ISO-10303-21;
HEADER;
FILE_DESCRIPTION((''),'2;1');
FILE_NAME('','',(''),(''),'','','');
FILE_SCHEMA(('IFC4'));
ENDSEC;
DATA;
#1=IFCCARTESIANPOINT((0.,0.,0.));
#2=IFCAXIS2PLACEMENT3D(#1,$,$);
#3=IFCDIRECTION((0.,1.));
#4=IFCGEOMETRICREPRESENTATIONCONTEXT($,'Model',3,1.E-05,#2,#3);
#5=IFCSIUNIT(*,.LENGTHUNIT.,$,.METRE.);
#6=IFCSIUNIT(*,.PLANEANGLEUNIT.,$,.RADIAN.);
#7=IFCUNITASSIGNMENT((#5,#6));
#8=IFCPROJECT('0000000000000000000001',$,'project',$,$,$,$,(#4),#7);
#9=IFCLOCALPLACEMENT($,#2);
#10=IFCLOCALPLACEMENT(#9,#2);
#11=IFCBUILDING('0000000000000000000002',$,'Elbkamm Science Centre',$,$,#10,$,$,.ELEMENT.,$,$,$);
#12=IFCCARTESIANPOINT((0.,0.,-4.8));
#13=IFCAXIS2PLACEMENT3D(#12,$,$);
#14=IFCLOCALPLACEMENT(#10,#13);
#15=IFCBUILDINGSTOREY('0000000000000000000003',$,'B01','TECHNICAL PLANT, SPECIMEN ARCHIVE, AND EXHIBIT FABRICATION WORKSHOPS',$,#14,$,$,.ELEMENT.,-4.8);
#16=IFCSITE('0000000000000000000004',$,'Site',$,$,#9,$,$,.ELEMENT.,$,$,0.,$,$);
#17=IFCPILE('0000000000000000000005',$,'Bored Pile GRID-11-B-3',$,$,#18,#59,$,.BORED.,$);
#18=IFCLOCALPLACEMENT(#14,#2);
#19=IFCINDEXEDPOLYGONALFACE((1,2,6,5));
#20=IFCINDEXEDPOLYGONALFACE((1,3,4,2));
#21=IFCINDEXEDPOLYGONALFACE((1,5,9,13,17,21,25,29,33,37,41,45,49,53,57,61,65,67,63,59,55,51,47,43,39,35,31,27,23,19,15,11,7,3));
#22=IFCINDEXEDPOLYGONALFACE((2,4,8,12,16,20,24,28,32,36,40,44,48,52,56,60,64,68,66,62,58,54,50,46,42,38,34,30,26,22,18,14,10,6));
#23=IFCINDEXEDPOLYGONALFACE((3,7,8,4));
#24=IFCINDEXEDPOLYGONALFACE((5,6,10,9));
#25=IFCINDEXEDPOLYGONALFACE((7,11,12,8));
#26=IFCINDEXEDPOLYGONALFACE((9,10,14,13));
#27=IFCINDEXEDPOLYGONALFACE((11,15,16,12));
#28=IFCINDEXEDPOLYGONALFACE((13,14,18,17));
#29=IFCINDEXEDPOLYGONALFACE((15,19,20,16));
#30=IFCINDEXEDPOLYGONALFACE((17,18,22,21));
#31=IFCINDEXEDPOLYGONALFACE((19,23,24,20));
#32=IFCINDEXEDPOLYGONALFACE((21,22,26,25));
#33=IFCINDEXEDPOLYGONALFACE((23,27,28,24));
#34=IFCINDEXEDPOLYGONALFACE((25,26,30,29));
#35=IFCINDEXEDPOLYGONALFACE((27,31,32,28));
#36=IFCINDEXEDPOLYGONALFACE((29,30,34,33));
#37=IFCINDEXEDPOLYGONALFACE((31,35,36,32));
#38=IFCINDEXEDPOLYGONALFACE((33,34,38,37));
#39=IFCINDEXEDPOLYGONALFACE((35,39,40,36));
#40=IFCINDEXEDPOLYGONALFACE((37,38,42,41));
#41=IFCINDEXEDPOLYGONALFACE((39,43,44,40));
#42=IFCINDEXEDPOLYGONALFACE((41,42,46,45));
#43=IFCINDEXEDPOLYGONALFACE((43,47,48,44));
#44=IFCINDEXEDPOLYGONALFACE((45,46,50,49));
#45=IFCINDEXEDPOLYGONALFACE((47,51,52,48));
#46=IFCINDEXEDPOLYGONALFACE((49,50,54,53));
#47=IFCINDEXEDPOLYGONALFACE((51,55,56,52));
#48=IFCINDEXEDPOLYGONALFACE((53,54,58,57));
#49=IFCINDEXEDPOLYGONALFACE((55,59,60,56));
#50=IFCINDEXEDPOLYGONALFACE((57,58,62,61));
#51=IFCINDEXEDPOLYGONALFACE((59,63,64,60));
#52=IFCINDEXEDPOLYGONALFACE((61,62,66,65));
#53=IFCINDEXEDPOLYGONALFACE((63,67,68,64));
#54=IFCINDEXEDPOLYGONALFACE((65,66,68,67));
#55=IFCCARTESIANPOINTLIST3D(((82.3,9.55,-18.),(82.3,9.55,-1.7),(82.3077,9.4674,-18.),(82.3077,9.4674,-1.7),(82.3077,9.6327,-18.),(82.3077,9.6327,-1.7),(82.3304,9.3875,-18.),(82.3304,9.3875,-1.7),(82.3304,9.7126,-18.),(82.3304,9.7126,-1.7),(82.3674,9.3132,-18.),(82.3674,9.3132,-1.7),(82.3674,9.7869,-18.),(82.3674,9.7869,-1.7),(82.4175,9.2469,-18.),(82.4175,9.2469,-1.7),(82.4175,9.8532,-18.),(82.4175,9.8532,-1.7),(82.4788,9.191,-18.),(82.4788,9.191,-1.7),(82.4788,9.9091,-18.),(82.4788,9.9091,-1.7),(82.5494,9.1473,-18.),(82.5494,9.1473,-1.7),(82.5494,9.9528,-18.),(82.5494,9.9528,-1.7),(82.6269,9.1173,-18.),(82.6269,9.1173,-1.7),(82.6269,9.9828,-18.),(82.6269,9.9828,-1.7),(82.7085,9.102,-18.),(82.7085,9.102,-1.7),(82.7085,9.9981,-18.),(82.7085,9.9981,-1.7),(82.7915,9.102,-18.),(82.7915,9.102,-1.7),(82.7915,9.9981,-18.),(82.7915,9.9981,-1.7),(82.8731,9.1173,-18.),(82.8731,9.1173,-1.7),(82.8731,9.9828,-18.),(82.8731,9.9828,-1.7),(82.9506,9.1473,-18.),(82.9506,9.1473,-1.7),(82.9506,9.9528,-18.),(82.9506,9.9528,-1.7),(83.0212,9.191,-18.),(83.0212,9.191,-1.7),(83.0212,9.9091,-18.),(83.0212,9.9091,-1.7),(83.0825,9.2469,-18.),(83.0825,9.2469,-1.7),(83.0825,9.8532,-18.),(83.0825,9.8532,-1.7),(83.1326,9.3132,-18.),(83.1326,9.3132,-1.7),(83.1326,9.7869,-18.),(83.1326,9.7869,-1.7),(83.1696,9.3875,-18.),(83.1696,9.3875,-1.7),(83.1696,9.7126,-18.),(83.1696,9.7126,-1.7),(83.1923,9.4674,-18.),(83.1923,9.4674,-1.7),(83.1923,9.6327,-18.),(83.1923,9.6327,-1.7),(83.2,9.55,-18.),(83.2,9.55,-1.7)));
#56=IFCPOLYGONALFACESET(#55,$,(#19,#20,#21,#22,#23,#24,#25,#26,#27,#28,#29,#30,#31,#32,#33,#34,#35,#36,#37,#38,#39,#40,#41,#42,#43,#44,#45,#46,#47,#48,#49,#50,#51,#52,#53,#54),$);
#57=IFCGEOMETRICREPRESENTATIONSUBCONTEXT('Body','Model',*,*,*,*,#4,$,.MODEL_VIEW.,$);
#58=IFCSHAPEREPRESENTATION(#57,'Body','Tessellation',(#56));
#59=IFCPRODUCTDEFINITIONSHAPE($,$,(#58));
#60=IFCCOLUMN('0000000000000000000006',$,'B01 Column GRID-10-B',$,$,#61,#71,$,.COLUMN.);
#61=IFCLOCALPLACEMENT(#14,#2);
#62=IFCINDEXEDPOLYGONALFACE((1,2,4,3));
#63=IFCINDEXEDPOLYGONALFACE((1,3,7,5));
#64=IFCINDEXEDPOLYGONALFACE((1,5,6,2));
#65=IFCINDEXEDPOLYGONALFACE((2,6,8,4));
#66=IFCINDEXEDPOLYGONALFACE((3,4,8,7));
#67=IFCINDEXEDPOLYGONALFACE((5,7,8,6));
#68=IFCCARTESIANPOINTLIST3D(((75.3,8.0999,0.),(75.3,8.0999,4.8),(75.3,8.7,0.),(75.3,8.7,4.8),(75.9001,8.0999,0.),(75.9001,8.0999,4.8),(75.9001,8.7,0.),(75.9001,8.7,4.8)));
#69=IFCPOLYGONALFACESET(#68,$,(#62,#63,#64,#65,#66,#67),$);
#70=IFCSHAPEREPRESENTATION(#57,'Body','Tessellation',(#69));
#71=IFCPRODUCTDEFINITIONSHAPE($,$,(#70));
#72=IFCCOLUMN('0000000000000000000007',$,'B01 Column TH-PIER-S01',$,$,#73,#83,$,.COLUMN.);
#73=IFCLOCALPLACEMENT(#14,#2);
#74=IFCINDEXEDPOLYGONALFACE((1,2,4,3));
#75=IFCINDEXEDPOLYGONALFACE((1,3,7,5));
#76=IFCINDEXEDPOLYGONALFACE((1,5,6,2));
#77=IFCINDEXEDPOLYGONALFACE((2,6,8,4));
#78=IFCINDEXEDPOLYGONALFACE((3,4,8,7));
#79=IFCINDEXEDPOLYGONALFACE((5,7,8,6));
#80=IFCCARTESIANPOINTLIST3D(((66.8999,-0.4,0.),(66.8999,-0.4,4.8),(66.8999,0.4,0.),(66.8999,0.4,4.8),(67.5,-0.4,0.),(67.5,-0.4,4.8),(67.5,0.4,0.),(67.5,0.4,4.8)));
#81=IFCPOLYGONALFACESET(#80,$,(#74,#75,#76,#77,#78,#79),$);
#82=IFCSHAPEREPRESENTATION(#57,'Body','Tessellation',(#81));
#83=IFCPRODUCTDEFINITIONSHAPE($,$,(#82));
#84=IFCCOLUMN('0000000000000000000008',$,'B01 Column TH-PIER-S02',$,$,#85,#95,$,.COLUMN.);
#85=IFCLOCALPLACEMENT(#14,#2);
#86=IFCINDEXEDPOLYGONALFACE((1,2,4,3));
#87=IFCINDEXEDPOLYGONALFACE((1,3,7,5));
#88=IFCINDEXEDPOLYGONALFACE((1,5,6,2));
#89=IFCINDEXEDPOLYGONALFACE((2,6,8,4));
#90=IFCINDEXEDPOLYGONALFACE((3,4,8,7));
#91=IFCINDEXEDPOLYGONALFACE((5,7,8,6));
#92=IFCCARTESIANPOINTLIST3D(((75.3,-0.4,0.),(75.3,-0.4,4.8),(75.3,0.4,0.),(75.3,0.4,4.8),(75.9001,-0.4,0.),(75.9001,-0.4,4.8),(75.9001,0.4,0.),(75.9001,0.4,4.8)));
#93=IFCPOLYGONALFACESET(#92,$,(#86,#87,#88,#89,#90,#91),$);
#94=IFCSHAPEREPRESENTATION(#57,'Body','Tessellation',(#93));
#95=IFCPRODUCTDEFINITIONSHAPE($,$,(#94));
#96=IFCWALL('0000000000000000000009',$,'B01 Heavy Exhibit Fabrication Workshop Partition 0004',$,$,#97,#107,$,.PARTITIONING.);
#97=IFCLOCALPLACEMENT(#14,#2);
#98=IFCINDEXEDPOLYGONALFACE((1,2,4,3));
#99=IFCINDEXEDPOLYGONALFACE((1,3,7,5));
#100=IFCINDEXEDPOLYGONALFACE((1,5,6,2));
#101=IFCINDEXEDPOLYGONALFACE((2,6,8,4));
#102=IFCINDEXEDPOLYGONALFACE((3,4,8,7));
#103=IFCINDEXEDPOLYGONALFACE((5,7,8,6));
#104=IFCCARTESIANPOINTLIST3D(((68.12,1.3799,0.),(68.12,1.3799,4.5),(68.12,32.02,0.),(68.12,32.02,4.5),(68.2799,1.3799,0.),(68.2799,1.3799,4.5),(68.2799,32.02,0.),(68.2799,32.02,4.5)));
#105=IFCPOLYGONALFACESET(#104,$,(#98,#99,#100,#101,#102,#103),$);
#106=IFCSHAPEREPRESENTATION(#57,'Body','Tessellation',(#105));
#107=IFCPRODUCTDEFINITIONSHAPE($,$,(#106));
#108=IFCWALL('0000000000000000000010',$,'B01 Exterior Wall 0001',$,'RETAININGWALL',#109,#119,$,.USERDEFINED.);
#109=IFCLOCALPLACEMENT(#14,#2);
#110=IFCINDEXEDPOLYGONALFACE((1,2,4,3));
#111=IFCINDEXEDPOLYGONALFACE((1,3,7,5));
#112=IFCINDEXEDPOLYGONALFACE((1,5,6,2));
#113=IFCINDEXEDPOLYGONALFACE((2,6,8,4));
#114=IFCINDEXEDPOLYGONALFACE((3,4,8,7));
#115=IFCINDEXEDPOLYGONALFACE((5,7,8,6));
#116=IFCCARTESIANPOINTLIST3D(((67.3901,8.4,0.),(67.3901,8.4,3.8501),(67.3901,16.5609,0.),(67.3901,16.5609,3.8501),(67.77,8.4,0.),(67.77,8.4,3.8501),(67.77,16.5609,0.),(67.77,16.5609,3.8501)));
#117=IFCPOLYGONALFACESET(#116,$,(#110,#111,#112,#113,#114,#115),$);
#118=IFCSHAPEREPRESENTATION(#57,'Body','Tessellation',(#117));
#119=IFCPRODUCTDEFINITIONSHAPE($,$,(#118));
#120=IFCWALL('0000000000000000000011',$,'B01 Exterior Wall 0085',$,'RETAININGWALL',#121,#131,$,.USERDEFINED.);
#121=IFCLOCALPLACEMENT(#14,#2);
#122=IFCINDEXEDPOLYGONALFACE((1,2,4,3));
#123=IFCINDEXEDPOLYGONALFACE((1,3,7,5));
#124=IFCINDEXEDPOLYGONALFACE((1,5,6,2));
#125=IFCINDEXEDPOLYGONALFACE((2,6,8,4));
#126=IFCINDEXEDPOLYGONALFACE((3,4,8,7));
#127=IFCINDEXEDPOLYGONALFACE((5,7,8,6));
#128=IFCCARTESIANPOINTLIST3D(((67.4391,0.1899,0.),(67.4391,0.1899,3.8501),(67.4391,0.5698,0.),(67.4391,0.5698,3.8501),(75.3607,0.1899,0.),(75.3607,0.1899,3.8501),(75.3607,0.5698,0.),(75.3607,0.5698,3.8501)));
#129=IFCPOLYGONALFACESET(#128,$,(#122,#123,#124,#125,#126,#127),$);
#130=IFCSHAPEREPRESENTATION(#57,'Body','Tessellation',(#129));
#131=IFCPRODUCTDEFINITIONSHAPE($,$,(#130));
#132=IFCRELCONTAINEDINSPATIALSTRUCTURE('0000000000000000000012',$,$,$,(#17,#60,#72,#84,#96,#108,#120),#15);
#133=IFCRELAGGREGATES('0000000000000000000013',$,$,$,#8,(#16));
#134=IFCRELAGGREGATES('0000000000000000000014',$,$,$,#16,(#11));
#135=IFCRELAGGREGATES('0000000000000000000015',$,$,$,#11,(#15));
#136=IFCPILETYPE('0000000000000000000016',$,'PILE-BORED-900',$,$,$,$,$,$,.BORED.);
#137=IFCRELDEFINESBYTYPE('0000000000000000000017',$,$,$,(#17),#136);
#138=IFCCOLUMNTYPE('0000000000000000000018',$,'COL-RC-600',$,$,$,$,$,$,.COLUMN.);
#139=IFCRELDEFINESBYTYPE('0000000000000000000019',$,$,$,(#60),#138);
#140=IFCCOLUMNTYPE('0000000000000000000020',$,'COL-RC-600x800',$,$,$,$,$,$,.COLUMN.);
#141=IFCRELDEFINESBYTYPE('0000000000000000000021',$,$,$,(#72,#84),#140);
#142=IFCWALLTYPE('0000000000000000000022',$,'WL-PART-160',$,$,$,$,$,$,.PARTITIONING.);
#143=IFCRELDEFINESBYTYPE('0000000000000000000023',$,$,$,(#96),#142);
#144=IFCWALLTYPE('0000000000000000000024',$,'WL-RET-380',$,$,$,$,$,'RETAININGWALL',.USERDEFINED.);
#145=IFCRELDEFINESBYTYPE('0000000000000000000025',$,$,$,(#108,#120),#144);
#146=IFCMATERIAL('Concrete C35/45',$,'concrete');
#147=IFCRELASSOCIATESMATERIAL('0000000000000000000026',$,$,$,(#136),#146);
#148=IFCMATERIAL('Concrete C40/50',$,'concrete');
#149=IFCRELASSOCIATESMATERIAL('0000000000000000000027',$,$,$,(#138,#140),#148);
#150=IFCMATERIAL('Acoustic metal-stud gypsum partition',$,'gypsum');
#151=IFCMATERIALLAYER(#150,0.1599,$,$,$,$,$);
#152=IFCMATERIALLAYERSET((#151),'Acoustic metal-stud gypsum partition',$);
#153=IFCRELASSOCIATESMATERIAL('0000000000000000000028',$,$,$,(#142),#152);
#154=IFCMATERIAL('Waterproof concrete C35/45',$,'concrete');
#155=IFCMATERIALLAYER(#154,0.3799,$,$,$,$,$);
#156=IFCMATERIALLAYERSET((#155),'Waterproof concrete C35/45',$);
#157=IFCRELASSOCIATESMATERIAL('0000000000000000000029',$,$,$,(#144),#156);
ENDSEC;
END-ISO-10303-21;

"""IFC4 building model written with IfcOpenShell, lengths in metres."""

from ifc_helpers import new_model, si_unit, direction, frame, frame_2d, origin, origin_2d, place, context, subcontext, project, spatial, rectangle, circle, extrude, material, layer, layer_set, material_profile, profile_set, type_object, element, save


model = new_model("IFC4")

# Units and contexts
model_context = context("Model", 3, precision=1e-05, world=origin(), true_north=direction((0.0, 1.0)))
body_context = subcontext(model_context, "Body", "Model", "MODEL_VIEW")
ifc_project = project(units=[si_unit("LENGTHUNIT", "METRE"), si_unit("PLANEANGLEUNIT", "RADIAN")], contexts=[model_context])

# Site, building, storey
site_placement = place(None, origin())
site = spatial("IfcSite", under=ifc_project, at=site_placement, Name="Site", CompositionType="ELEMENT", RefElevation=0.0)
building_placement = place(site_placement, origin())
building = spatial("IfcBuilding", under=site, at=building_placement, Name="Elbkamm Science Centre", CompositionType="ELEMENT")
storey_placement = place(building_placement, frame((0.0, 0.0, -4.8)))
storey = spatial("IfcBuildingStorey", under=building, at=storey_placement, Name="B01", Description="TECHNICAL PLANT, SPECIMEN ARCHIVE, AND EXHIBIT FABRICATION WORKSHOPS", CompositionType="ELEMENT", Elevation=-4.8)

# Shared definitions
ifc_material_1 = material(Name="Concrete C35/45", Category="concrete")

# Pile
ifc_material_profile_1 = material_profile(ifc_material_1, circle(Radius=0.45, at=origin_2d()), Name="PILE D900")
ifc_profile_set_1 = profile_set([ifc_material_profile_1], Name="Concrete C35/45")
pile_type = type_object("IfcPileType", Name="PILE-BORED-900", PredefinedType="BORED", material=ifc_profile_set_1)
for number, where, z_axis, x_axis, name in (
    (1, (82.75, 9.55, -1.7), (0.0, 0.0, -1.0), (1.0, 0.0, 0.0), "Bored Pile GRID-11-B-3"),
):
    element("IfcPile", number, at=place(storey_placement, frame(where, z_axis=z_axis, x_axis=x_axis)), inside=storey, type_object=pile_type, Name=name, PredefinedType="BORED", context=body_context, shape_type="SweptSolid", body=[
        extrude(circle(Radius=0.45, at=origin_2d()), origin(), (0.0, 0.0, 1.0), 16.3),
    ])

# Columns
ifc_material_2 = material(Name="Concrete C40/50", Category="concrete")
ifc_material_profile_2 = material_profile(ifc_material_2, rectangle(XDim=0.6001, YDim=0.6001, at=origin_2d()), Name="RC 600x600")
ifc_profile_set_2 = profile_set([ifc_material_profile_2], Name="Concrete C40/50")
column_type_1 = type_object("IfcColumnType", Name="COL-RC-600", PredefinedType="COLUMN", material=ifc_profile_set_2)
column_placement = place(storey_placement, frame((75.6001, 8.3999, 0.0), z_axis=(0.0, 0.0, 1.0), x_axis=(1.0, 0.0, 0.0)))
element("IfcColumn", 2, at=column_placement, inside=storey, type_object=column_type_1, Name="B01 Column GRID-10-B", PredefinedType="COLUMN", context=body_context, shape_type="SweptSolid", body=[
    extrude(rectangle(XDim=0.6001, YDim=0.6001, at=origin_2d()), origin(), (0.0, 0.0, 1.0), 4.8),
])
ifc_material_profile_3 = material_profile(ifc_material_2, rectangle(XDim=0.6001, YDim=0.8, at=origin_2d()), Name="RC 600x800")
ifc_profile_set_3 = profile_set([ifc_material_profile_3], Name="Concrete C40/50")
column_type_2 = type_object("IfcColumnType", Name="COL-RC-600x800", PredefinedType="COLUMN", material=ifc_profile_set_3)
for number, where, z_axis, x_axis, name in (
    (3, (67.2, 0.0, 0.0), (0.0, 0.0, 1.0), (1.0, 0.0, 0.0), "B01 Column TH-PIER-S01"),
    (4, (75.6001, 0.0, 0.0), (0.0, 0.0, 1.0), (1.0, 0.0, 0.0), "B01 Column TH-PIER-S02"),
):
    element("IfcColumn", number, at=place(storey_placement, frame(where, z_axis=z_axis, x_axis=x_axis)), inside=storey, type_object=column_type_2, Name=name, PredefinedType="COLUMN", context=body_context, shape_type="SweptSolid", body=[
        extrude(rectangle(XDim=0.6001, YDim=0.8, at=origin_2d()), origin(), (0.0, 0.0, 1.0), 4.8),
    ])

# Walls
ifc_material_3 = material(Name="Acoustic metal-stud gypsum partition", Category="gypsum")
ifc_layer_1 = layer(ifc_material_3, 0.1599)
ifc_layer_set_1 = layer_set([ifc_layer_1], Name="Acoustic metal-stud gypsum partition")
wall_type_1 = type_object("IfcWallType", Name="WL-PART-160", PredefinedType="PARTITIONING", material=ifc_layer_set_1)
wall_1_placement = place(storey_placement, frame((68.2, 1.3799, 0.0), z_axis=(0.0, 0.0, 1.0), x_axis=(0.0, 1.0, 0.0)))
element("IfcWall", 5, at=wall_1_placement, inside=storey, type_object=wall_type_1, Name="B01 Heavy Exhibit Fabrication Workshop Partition 0004", PredefinedType="PARTITIONING", context=body_context, shape_type="SweptSolid", body=[
    extrude(rectangle(XDim=30.6401, YDim=0.1599, at=frame_2d((15.3201, 0.0))), origin(), (0.0, 0.0, 1.0), 4.5),
])
ifc_material_4 = material(Name="Waterproof concrete C35/45", Category="concrete")
ifc_layer_2 = layer(ifc_material_4, 0.3799)
ifc_layer_set_2 = layer_set([ifc_layer_2], Name="Waterproof concrete C35/45")
wall_type_2 = type_object("IfcWallType", Name="WL-RET-380", ElementType="RETAININGWALL", PredefinedType="USERDEFINED", material=ifc_layer_set_2)
wall_2_placement = place(storey_placement, frame((67.5801, 8.3999, 0.0), z_axis=(0.0, 0.0, 1.0), x_axis=(0.0, 1.0, 0.0)))
element("IfcWall", 6, at=wall_2_placement, inside=storey, type_object=wall_type_2, Name="B01 Exterior Wall 0001", ObjectType="RETAININGWALL", PredefinedType="USERDEFINED", context=body_context, shape_type="SweptSolid", body=[
    extrude(rectangle(XDim=8.1609, YDim=0.3799, at=frame_2d((4.0806, 0.0))), origin(), (0.0, 0.0, 1.0), 3.8501),
])
wall_3_placement = place(storey_placement, frame((75.3608, 0.3799, 0.0), z_axis=(0.0, 0.0, 1.0), x_axis=(-1.0, 0.0, 0.0)))
element("IfcWall", 7, at=wall_3_placement, inside=storey, type_object=wall_type_2, Name="B01 Exterior Wall 0085", ObjectType="RETAININGWALL", PredefinedType="USERDEFINED", context=body_context, shape_type="SweptSolid", body=[
    extrude(rectangle(XDim=7.9216, YDim=0.3799, at=frame_2d((3.9609, 0.0))), origin(), (0.0, 0.0, 1.0), 3.8501),
])

save(model, "model.ifc")
